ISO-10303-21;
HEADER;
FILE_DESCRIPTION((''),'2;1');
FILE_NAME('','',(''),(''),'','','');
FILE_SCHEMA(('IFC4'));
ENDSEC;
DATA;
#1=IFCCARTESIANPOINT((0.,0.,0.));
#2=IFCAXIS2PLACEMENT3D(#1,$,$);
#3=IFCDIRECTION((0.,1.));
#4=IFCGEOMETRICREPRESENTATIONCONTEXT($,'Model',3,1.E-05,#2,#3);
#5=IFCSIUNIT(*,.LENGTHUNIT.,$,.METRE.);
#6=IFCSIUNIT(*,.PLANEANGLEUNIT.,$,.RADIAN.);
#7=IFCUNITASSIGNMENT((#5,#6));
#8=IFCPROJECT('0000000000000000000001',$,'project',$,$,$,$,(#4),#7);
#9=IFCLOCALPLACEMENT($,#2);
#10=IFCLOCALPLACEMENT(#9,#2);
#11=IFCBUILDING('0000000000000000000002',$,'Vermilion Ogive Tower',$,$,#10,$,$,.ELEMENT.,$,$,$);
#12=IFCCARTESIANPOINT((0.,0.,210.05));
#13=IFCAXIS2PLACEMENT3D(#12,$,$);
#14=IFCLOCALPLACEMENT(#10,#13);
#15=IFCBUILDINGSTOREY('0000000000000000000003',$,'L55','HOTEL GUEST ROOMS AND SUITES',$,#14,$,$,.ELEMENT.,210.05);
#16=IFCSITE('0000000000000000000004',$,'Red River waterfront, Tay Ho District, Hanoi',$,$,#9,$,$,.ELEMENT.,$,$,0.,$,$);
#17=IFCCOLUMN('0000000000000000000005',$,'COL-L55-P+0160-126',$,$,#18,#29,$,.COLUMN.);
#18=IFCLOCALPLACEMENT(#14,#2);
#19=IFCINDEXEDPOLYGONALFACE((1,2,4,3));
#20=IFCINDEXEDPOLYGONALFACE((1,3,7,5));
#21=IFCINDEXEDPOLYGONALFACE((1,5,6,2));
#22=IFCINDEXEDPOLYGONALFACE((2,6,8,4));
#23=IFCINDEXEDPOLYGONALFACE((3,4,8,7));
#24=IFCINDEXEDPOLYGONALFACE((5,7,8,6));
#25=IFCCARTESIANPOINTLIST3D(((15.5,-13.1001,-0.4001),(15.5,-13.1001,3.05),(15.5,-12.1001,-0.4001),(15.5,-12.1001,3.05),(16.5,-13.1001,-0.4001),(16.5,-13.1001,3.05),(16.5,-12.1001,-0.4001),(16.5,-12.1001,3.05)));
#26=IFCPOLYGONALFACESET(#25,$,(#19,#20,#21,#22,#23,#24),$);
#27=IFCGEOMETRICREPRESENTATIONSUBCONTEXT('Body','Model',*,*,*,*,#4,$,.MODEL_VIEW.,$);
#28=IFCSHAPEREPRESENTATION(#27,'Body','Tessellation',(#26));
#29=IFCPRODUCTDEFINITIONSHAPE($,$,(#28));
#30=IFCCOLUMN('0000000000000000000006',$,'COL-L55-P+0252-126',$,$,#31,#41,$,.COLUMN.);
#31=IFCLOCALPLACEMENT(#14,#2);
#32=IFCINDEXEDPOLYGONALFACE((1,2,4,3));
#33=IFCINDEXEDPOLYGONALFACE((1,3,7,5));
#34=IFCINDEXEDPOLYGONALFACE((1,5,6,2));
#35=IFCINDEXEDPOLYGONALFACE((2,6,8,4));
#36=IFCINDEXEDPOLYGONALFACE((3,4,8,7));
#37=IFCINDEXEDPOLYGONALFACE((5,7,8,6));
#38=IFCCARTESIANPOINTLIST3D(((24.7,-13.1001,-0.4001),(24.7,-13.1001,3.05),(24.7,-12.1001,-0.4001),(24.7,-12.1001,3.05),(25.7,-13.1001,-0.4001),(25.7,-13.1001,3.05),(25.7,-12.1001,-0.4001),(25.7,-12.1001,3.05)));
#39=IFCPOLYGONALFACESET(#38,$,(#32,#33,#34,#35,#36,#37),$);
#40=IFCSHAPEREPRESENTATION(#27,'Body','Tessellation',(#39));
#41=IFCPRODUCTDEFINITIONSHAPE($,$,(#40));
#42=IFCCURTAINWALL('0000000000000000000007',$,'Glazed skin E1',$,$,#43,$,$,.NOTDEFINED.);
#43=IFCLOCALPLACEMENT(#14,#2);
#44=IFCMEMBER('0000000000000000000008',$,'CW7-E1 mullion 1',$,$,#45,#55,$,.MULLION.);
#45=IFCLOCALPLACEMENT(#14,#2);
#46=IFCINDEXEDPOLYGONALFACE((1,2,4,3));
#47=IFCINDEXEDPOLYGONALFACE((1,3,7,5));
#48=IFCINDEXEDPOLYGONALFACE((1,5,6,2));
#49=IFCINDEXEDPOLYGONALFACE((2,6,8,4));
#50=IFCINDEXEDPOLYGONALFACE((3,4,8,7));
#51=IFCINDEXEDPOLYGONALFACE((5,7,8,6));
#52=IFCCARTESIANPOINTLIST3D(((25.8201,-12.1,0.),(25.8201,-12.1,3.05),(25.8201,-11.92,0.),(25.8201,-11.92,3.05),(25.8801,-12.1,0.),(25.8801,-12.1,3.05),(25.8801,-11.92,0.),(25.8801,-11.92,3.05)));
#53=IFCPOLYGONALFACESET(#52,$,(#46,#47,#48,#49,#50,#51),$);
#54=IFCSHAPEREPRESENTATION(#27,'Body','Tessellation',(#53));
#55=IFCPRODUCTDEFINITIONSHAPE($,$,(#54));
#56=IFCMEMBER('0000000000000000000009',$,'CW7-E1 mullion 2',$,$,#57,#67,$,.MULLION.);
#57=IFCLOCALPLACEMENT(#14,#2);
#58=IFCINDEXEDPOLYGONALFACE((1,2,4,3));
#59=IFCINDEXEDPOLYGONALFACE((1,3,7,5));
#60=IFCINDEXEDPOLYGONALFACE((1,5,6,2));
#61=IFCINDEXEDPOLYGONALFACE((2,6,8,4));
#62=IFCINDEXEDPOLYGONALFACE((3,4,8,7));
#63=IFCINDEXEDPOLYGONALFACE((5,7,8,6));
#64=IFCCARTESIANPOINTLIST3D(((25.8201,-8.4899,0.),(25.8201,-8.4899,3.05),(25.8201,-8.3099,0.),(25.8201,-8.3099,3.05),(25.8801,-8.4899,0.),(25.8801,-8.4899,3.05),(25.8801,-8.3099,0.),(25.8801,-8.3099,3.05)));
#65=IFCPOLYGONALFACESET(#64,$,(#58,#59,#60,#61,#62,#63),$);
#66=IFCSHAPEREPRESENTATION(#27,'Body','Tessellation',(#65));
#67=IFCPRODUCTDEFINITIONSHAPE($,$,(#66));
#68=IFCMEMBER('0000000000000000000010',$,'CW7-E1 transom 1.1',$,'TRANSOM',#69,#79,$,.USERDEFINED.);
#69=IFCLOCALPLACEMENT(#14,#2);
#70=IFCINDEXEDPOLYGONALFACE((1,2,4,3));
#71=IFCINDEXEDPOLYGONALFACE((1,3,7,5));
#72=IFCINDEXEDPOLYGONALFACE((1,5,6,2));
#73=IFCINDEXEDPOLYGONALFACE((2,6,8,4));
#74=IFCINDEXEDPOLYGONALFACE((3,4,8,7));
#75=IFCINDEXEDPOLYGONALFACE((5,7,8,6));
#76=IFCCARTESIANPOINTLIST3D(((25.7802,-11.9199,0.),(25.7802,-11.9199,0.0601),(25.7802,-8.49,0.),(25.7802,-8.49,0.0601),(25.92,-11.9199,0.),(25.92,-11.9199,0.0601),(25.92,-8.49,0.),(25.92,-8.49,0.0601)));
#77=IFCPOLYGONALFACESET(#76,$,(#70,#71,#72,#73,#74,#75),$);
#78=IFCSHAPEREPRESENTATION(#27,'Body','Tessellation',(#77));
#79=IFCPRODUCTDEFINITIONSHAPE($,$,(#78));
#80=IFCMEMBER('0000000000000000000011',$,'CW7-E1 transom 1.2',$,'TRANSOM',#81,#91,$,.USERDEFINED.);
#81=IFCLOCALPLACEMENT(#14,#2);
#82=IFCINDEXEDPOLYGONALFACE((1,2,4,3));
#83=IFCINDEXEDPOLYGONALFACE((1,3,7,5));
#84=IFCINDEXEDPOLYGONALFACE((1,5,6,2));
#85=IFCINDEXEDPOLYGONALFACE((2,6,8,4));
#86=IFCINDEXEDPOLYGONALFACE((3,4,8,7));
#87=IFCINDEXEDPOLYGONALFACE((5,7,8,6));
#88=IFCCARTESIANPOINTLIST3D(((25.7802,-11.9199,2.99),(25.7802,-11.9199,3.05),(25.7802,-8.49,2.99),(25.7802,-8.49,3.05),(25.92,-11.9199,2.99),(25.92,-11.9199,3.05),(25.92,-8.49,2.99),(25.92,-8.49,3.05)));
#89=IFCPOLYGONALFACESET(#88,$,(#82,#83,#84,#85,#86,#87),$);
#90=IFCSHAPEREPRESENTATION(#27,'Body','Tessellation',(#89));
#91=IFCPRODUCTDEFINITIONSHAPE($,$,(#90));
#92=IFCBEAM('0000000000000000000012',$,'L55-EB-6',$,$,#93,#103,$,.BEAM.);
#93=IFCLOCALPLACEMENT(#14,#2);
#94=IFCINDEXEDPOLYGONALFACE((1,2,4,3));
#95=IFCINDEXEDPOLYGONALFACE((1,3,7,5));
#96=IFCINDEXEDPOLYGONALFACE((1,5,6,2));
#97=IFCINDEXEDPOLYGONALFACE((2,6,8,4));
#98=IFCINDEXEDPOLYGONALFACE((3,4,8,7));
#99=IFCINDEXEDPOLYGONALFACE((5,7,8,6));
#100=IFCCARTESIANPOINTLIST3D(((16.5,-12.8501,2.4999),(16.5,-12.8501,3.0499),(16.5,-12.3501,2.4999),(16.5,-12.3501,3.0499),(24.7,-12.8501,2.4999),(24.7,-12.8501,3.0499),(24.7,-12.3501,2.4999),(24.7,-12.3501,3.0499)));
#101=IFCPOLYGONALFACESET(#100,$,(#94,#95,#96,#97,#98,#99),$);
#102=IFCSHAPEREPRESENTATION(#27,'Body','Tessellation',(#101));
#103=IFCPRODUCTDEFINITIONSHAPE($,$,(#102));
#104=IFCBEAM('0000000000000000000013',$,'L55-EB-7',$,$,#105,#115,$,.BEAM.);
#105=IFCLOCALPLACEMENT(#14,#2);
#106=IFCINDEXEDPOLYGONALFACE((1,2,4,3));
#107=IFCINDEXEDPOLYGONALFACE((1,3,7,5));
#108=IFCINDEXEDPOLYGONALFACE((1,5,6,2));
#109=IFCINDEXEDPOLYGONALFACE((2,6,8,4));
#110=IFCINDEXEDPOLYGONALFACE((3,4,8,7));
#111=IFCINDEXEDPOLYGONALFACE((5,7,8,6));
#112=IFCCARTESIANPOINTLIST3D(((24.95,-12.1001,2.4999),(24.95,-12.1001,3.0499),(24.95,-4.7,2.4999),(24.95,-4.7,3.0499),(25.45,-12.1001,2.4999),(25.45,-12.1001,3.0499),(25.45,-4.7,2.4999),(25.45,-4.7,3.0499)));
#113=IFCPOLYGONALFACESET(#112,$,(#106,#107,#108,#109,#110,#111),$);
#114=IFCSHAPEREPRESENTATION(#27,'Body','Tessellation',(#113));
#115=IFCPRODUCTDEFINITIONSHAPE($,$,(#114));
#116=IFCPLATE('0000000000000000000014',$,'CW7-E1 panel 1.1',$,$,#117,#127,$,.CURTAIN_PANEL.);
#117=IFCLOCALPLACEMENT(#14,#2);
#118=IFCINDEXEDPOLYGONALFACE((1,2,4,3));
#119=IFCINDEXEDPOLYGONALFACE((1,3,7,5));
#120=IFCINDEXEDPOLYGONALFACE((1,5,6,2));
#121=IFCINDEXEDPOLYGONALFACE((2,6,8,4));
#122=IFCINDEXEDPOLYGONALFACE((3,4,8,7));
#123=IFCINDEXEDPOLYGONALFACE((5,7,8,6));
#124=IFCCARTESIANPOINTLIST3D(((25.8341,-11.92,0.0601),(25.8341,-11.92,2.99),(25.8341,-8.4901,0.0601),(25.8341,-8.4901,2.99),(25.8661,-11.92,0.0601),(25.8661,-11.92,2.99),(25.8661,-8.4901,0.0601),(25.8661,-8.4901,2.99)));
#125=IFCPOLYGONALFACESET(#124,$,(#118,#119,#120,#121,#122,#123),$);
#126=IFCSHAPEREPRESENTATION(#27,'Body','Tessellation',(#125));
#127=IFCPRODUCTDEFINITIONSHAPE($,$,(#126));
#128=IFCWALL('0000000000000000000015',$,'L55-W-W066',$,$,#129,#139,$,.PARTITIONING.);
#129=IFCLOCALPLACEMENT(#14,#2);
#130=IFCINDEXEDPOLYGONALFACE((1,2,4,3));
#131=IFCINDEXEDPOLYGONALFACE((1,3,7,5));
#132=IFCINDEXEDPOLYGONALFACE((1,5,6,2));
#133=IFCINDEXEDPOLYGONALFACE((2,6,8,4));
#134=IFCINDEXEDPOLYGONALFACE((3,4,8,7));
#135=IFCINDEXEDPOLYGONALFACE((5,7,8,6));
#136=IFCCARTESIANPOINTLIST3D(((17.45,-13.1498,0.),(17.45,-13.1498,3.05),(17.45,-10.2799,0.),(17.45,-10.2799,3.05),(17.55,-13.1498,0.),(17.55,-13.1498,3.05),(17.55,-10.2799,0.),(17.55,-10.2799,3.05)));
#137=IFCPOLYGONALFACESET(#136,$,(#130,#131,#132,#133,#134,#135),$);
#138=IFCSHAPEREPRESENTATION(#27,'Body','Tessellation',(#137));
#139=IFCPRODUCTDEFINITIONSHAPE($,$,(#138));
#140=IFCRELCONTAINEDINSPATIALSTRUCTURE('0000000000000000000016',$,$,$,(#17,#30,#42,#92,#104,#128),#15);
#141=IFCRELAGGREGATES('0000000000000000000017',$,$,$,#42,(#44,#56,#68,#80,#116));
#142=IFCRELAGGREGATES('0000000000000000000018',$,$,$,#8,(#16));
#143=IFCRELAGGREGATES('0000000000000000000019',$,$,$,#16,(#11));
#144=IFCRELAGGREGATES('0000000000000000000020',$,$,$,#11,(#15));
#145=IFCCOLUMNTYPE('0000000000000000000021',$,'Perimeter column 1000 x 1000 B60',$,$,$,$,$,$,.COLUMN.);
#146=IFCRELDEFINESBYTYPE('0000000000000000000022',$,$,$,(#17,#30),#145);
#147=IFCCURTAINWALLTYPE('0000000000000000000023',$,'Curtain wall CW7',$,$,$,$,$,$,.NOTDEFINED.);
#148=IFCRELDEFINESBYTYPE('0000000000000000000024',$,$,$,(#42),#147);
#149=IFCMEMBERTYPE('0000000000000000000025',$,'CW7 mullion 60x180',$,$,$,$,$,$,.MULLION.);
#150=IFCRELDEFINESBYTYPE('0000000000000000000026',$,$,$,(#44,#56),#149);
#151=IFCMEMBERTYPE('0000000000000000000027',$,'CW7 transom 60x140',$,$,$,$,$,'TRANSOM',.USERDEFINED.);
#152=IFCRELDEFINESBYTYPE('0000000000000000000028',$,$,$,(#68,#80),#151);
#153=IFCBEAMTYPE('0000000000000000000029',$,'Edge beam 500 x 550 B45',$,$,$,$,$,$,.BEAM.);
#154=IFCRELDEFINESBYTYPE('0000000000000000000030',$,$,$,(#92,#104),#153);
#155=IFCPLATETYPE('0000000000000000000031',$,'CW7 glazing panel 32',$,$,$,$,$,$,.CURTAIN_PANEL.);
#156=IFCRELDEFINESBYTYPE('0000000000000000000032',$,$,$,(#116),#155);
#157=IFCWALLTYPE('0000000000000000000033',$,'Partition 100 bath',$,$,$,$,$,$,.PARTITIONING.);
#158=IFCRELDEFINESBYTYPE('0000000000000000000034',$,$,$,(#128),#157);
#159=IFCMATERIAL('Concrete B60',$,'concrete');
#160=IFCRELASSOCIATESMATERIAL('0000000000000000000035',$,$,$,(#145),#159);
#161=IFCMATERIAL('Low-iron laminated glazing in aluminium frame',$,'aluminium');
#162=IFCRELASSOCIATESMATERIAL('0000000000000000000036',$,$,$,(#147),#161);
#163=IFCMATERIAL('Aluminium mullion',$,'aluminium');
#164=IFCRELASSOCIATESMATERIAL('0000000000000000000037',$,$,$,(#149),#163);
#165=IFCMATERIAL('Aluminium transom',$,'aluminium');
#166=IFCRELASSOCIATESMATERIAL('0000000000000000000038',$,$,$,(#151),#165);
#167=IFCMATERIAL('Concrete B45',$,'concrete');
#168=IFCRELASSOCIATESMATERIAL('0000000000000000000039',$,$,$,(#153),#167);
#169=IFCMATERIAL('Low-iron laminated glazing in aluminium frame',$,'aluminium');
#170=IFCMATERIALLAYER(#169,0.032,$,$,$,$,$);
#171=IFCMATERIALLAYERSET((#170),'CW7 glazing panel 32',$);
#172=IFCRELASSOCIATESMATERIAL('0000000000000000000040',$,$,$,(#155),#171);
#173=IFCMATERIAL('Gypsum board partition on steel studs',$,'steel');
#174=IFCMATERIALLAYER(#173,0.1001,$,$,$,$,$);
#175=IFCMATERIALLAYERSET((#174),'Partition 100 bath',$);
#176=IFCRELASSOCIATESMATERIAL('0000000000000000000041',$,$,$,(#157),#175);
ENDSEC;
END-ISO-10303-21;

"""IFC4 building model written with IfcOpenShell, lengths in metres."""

from ifc_helpers import new_model, si_unit, direction, frame, frame_2d, origin, origin_2d, place, context, subcontext, project, spatial, rectangle, extrude, material, layer, layer_set, material_profile, profile_set, type_object, element, aggregate, save


model = new_model("IFC4")

# Units and contexts
model_context = context("Model", 3, precision=1e-05, world=origin(), true_north=direction((0.0, 1.0)))
body_context = subcontext(model_context, "Body", "Model", "MODEL_VIEW")
ifc_project = project(units=[si_unit("LENGTHUNIT", "METRE"), si_unit("PLANEANGLEUNIT", "RADIAN")], contexts=[model_context])

# Site, building, storey
site_placement = place(None, origin())
site = spatial("IfcSite", under=ifc_project, at=site_placement, Name="Red River waterfront, Tay Ho District, Hanoi", CompositionType="ELEMENT", RefElevation=0.0)
building_placement = place(site_placement, origin())
building = spatial("IfcBuilding", under=site, at=building_placement, Name="Vermilion Ogive Tower", CompositionType="ELEMENT")
storey_placement = place(building_placement, frame((0.0, 0.0, 210.05)))
storey = spatial("IfcBuildingStorey", under=building, at=storey_placement, Name="L55", Description="HOTEL GUEST ROOMS AND SUITES", CompositionType="ELEMENT", Elevation=210.05)

# Columns
ifc_material_1 = material(Name="Concrete B60", Category="concrete")
ifc_material_profile_1 = material_profile(ifc_material_1, rectangle(XDim=1.0, YDim=1.0, at=origin_2d()), Name="1000 x 1000")
ifc_profile_set_1 = profile_set([ifc_material_profile_1], Name="Concrete B60")
column_type = type_object("IfcColumnType", Name="Perimeter column 1000 x 1000 B60", PredefinedType="COLUMN", material=ifc_profile_set_1)
for number, where, z_axis, x_axis, name in (
    (1, (16.0, -12.6001, -0.4001), (0.0, 0.0, 1.0), (1.0, 0.0, 0.0), "COL-L55-P+0160-126"),
    (2, (25.2, -12.6001, -0.4001), (0.0, 0.0, 1.0), (1.0, 0.0, 0.0), "COL-L55-P+0252-126"),
):
    element("IfcColumn", number, at=place(storey_placement, frame(where, z_axis=z_axis, x_axis=x_axis)), inside=storey, type_object=column_type, Name=name, PredefinedType="COLUMN", context=body_context, shape_type="SweptSolid", body=[
        extrude(rectangle(XDim=1.0, YDim=1.0, at=origin_2d()), origin(), (0.0, 0.0, 1.0), 3.4502),
    ])

# Curtain wall, members
ifc_material_2 = material(Name="Low-iron laminated glazing in aluminium frame", Category="aluminium")
curtain_wall_type = type_object("IfcCurtainWallType", Name="Curtain wall CW7", PredefinedType="NOTDEFINED", material=ifc_material_2)
curtain_wall_placement = place(storey_placement, origin())
curtain_wall = element("IfcCurtainWall", 3, at=curtain_wall_placement, inside=storey, type_object=curtain_wall_type, Name="Glazed skin E1", PredefinedType="NOTDEFINED")
ifc_material_3 = material(Name="Aluminium mullion", Category="aluminium")
ifc_material_profile_2 = material_profile(ifc_material_3, rectangle(XDim=0.0601, YDim=0.1799, at=origin_2d()), Name="AL 60x180")
ifc_profile_set_2 = profile_set([ifc_material_profile_2], Name="Aluminium mullion")
member_type_1 = type_object("IfcMemberType", Name="CW7 mullion 60x180", PredefinedType="MULLION", material=ifc_profile_set_2)
member_1_placement = place(storey_placement, frame((25.8501, -12.01, 0.0), z_axis=(0.0, 0.0, 1.0), x_axis=(-1.0, 0.0, 0.0)))
member_1 = element("IfcMember", 4, at=member_1_placement, type_object=member_type_1, Name="CW7-E1 mullion 1", PredefinedType="MULLION", context=body_context, shape_type="SweptSolid", body=[
    extrude(rectangle(XDim=0.0601, YDim=0.1799, at=origin_2d()), origin(), (0.0, 0.0, 1.0), 3.05),
])
member_2_placement = place(storey_placement, frame((25.8501, -8.3999, 0.0), z_axis=(0.0, 0.0, 1.0), x_axis=(-1.0, 0.0, 0.0)))
member_2 = element("IfcMember", 5, at=member_2_placement, type_object=member_type_1, Name="CW7-E1 mullion 2", PredefinedType="MULLION", context=body_context, shape_type="SweptSolid", body=[
    extrude(rectangle(XDim=0.0601, YDim=0.1799, at=origin_2d()), origin(), (0.0, 0.0, 1.0), 3.05),
])
ifc_material_4 = material(Name="Aluminium transom", Category="aluminium")
ifc_material_profile_3 = material_profile(ifc_material_4, rectangle(XDim=0.1399, YDim=0.0601, at=origin_2d()), Name="AL 60x140")
ifc_profile_set_3 = profile_set([ifc_material_profile_3], Name="Aluminium transom")
member_type_2 = type_object("IfcMemberType", Name="CW7 transom 60x140", ElementType="TRANSOM", PredefinedType="USERDEFINED", material=ifc_profile_set_3)
member_3_placement = place(storey_placement, frame((25.8501, -11.9199, 0.03), z_axis=(0.0, 1.0, 0.0), x_axis=(-1.0, 0.0, 0.0)))
member_3 = element("IfcMember", 6, at=member_3_placement, type_object=member_type_2, Name="CW7-E1 transom 1.1", ObjectType="TRANSOM", PredefinedType="USERDEFINED", context=body_context, shape_type="SweptSolid", body=[
    extrude(rectangle(XDim=0.1399, YDim=0.0601, at=origin_2d()), origin(), (0.0, 0.0, 1.0), 3.4299),
])
member_4_placement = place(storey_placement, frame((25.8501, -11.9199, 3.02), z_axis=(0.0, 1.0, 0.0), x_axis=(-1.0, 0.0, 0.0)))
member_4 = element("IfcMember", 7, at=member_4_placement, type_object=member_type_2, Name="CW7-E1 transom 1.2", ObjectType="TRANSOM", PredefinedType="USERDEFINED", context=body_context, shape_type="SweptSolid", body=[
    extrude(rectangle(XDim=0.1399, YDim=0.0601, at=origin_2d()), origin(), (0.0, 0.0, 1.0), 3.4299),
])

# Beams
ifc_material_5 = material(Name="Concrete B45", Category="concrete")
ifc_material_profile_4 = material_profile(ifc_material_5, rectangle(XDim=0.5, YDim=0.55, at=origin_2d()), Name="500 x 550")
ifc_profile_set_4 = profile_set([ifc_material_profile_4], Name="Concrete B45")
beam_type = type_object("IfcBeamType", Name="Edge beam 500 x 550 B45", PredefinedType="BEAM", material=ifc_profile_set_4)
beam_1_placement = place(storey_placement, frame((16.5, -12.6001, 2.7749), z_axis=(1.0, 0.0, 0.0), x_axis=(0.0, 1.0, 0.0)))
element("IfcBeam", 8, at=beam_1_placement, inside=storey, type_object=beam_type, Name="L55-EB-6", PredefinedType="BEAM", context=body_context, shape_type="SweptSolid", body=[
    extrude(rectangle(XDim=0.5, YDim=0.55, at=origin_2d()), origin(), (0.0, 0.0, 1.0), 8.2),
])
beam_2_placement = place(storey_placement, frame((25.2, -12.1001, 2.7749), z_axis=(0.0, 1.0, 0.0), x_axis=(-1.0, 0.0, 0.0)))
element("IfcBeam", 9, at=beam_2_placement, inside=storey, type_object=beam_type, Name="L55-EB-7", PredefinedType="BEAM", context=body_context, shape_type="SweptSolid", body=[
    extrude(rectangle(XDim=0.5, YDim=0.55, at=origin_2d()), origin(), (0.0, 0.0, 1.0), 7.4001),
])

# Plate
ifc_material_6 = material(Name="Low-iron laminated glazing in aluminium frame", Category="aluminium")
ifc_layer_1 = layer(ifc_material_6, 0.032)
ifc_layer_set_1 = layer_set([ifc_layer_1], Name="CW7 glazing panel 32")
plate_type = type_object("IfcPlateType", Name="CW7 glazing panel 32", PredefinedType="CURTAIN_PANEL", material=ifc_layer_set_1)
plate_placement = place(storey_placement, frame((25.8501, -10.2051, 0.0601), z_axis=(0.0, 0.0, 1.0), x_axis=(0.0, 1.0, 0.0)))
plate = element("IfcPlate", 10, at=plate_placement, type_object=plate_type, Name="CW7-E1 panel 1.1", PredefinedType="CURTAIN_PANEL", context=body_context, shape_type="SweptSolid", body=[
    extrude(rectangle(XDim=3.4299, YDim=0.032, at=origin_2d()), origin(), (0.0, 0.0, 1.0), 2.9299),
])
aggregate(curtain_wall, [member_1, member_2, member_3, member_4, plate])

# Wall
ifc_material_7 = material(Name="Gypsum board partition on steel studs", Category="steel")
ifc_layer_2 = layer(ifc_material_7, 0.1001)
ifc_layer_set_2 = layer_set([ifc_layer_2], Name="Partition 100 bath")
wall_type_1 = type_object("IfcWallType", Name="Partition 100 bath", PredefinedType="PARTITIONING", material=ifc_layer_set_2)
wall_1_placement = place(storey_placement, frame((17.5, -13.1499, 0.0), z_axis=(0.0, 0.0, 1.0), x_axis=(0.0, 1.0, 0.0)))
element("IfcWall", 11, at=wall_1_placement, inside=storey, type_object=wall_type_1, Name="L55-W-W066", PredefinedType="PARTITIONING", context=body_context, shape_type="SweptSolid", body=[
    extrude(rectangle(XDim=2.8699, YDim=0.1001, at=frame_2d((1.4351, 0.0))), origin(), (0.0, 0.0, 1.0), 3.05),
])

save(model, "model.ifc")
